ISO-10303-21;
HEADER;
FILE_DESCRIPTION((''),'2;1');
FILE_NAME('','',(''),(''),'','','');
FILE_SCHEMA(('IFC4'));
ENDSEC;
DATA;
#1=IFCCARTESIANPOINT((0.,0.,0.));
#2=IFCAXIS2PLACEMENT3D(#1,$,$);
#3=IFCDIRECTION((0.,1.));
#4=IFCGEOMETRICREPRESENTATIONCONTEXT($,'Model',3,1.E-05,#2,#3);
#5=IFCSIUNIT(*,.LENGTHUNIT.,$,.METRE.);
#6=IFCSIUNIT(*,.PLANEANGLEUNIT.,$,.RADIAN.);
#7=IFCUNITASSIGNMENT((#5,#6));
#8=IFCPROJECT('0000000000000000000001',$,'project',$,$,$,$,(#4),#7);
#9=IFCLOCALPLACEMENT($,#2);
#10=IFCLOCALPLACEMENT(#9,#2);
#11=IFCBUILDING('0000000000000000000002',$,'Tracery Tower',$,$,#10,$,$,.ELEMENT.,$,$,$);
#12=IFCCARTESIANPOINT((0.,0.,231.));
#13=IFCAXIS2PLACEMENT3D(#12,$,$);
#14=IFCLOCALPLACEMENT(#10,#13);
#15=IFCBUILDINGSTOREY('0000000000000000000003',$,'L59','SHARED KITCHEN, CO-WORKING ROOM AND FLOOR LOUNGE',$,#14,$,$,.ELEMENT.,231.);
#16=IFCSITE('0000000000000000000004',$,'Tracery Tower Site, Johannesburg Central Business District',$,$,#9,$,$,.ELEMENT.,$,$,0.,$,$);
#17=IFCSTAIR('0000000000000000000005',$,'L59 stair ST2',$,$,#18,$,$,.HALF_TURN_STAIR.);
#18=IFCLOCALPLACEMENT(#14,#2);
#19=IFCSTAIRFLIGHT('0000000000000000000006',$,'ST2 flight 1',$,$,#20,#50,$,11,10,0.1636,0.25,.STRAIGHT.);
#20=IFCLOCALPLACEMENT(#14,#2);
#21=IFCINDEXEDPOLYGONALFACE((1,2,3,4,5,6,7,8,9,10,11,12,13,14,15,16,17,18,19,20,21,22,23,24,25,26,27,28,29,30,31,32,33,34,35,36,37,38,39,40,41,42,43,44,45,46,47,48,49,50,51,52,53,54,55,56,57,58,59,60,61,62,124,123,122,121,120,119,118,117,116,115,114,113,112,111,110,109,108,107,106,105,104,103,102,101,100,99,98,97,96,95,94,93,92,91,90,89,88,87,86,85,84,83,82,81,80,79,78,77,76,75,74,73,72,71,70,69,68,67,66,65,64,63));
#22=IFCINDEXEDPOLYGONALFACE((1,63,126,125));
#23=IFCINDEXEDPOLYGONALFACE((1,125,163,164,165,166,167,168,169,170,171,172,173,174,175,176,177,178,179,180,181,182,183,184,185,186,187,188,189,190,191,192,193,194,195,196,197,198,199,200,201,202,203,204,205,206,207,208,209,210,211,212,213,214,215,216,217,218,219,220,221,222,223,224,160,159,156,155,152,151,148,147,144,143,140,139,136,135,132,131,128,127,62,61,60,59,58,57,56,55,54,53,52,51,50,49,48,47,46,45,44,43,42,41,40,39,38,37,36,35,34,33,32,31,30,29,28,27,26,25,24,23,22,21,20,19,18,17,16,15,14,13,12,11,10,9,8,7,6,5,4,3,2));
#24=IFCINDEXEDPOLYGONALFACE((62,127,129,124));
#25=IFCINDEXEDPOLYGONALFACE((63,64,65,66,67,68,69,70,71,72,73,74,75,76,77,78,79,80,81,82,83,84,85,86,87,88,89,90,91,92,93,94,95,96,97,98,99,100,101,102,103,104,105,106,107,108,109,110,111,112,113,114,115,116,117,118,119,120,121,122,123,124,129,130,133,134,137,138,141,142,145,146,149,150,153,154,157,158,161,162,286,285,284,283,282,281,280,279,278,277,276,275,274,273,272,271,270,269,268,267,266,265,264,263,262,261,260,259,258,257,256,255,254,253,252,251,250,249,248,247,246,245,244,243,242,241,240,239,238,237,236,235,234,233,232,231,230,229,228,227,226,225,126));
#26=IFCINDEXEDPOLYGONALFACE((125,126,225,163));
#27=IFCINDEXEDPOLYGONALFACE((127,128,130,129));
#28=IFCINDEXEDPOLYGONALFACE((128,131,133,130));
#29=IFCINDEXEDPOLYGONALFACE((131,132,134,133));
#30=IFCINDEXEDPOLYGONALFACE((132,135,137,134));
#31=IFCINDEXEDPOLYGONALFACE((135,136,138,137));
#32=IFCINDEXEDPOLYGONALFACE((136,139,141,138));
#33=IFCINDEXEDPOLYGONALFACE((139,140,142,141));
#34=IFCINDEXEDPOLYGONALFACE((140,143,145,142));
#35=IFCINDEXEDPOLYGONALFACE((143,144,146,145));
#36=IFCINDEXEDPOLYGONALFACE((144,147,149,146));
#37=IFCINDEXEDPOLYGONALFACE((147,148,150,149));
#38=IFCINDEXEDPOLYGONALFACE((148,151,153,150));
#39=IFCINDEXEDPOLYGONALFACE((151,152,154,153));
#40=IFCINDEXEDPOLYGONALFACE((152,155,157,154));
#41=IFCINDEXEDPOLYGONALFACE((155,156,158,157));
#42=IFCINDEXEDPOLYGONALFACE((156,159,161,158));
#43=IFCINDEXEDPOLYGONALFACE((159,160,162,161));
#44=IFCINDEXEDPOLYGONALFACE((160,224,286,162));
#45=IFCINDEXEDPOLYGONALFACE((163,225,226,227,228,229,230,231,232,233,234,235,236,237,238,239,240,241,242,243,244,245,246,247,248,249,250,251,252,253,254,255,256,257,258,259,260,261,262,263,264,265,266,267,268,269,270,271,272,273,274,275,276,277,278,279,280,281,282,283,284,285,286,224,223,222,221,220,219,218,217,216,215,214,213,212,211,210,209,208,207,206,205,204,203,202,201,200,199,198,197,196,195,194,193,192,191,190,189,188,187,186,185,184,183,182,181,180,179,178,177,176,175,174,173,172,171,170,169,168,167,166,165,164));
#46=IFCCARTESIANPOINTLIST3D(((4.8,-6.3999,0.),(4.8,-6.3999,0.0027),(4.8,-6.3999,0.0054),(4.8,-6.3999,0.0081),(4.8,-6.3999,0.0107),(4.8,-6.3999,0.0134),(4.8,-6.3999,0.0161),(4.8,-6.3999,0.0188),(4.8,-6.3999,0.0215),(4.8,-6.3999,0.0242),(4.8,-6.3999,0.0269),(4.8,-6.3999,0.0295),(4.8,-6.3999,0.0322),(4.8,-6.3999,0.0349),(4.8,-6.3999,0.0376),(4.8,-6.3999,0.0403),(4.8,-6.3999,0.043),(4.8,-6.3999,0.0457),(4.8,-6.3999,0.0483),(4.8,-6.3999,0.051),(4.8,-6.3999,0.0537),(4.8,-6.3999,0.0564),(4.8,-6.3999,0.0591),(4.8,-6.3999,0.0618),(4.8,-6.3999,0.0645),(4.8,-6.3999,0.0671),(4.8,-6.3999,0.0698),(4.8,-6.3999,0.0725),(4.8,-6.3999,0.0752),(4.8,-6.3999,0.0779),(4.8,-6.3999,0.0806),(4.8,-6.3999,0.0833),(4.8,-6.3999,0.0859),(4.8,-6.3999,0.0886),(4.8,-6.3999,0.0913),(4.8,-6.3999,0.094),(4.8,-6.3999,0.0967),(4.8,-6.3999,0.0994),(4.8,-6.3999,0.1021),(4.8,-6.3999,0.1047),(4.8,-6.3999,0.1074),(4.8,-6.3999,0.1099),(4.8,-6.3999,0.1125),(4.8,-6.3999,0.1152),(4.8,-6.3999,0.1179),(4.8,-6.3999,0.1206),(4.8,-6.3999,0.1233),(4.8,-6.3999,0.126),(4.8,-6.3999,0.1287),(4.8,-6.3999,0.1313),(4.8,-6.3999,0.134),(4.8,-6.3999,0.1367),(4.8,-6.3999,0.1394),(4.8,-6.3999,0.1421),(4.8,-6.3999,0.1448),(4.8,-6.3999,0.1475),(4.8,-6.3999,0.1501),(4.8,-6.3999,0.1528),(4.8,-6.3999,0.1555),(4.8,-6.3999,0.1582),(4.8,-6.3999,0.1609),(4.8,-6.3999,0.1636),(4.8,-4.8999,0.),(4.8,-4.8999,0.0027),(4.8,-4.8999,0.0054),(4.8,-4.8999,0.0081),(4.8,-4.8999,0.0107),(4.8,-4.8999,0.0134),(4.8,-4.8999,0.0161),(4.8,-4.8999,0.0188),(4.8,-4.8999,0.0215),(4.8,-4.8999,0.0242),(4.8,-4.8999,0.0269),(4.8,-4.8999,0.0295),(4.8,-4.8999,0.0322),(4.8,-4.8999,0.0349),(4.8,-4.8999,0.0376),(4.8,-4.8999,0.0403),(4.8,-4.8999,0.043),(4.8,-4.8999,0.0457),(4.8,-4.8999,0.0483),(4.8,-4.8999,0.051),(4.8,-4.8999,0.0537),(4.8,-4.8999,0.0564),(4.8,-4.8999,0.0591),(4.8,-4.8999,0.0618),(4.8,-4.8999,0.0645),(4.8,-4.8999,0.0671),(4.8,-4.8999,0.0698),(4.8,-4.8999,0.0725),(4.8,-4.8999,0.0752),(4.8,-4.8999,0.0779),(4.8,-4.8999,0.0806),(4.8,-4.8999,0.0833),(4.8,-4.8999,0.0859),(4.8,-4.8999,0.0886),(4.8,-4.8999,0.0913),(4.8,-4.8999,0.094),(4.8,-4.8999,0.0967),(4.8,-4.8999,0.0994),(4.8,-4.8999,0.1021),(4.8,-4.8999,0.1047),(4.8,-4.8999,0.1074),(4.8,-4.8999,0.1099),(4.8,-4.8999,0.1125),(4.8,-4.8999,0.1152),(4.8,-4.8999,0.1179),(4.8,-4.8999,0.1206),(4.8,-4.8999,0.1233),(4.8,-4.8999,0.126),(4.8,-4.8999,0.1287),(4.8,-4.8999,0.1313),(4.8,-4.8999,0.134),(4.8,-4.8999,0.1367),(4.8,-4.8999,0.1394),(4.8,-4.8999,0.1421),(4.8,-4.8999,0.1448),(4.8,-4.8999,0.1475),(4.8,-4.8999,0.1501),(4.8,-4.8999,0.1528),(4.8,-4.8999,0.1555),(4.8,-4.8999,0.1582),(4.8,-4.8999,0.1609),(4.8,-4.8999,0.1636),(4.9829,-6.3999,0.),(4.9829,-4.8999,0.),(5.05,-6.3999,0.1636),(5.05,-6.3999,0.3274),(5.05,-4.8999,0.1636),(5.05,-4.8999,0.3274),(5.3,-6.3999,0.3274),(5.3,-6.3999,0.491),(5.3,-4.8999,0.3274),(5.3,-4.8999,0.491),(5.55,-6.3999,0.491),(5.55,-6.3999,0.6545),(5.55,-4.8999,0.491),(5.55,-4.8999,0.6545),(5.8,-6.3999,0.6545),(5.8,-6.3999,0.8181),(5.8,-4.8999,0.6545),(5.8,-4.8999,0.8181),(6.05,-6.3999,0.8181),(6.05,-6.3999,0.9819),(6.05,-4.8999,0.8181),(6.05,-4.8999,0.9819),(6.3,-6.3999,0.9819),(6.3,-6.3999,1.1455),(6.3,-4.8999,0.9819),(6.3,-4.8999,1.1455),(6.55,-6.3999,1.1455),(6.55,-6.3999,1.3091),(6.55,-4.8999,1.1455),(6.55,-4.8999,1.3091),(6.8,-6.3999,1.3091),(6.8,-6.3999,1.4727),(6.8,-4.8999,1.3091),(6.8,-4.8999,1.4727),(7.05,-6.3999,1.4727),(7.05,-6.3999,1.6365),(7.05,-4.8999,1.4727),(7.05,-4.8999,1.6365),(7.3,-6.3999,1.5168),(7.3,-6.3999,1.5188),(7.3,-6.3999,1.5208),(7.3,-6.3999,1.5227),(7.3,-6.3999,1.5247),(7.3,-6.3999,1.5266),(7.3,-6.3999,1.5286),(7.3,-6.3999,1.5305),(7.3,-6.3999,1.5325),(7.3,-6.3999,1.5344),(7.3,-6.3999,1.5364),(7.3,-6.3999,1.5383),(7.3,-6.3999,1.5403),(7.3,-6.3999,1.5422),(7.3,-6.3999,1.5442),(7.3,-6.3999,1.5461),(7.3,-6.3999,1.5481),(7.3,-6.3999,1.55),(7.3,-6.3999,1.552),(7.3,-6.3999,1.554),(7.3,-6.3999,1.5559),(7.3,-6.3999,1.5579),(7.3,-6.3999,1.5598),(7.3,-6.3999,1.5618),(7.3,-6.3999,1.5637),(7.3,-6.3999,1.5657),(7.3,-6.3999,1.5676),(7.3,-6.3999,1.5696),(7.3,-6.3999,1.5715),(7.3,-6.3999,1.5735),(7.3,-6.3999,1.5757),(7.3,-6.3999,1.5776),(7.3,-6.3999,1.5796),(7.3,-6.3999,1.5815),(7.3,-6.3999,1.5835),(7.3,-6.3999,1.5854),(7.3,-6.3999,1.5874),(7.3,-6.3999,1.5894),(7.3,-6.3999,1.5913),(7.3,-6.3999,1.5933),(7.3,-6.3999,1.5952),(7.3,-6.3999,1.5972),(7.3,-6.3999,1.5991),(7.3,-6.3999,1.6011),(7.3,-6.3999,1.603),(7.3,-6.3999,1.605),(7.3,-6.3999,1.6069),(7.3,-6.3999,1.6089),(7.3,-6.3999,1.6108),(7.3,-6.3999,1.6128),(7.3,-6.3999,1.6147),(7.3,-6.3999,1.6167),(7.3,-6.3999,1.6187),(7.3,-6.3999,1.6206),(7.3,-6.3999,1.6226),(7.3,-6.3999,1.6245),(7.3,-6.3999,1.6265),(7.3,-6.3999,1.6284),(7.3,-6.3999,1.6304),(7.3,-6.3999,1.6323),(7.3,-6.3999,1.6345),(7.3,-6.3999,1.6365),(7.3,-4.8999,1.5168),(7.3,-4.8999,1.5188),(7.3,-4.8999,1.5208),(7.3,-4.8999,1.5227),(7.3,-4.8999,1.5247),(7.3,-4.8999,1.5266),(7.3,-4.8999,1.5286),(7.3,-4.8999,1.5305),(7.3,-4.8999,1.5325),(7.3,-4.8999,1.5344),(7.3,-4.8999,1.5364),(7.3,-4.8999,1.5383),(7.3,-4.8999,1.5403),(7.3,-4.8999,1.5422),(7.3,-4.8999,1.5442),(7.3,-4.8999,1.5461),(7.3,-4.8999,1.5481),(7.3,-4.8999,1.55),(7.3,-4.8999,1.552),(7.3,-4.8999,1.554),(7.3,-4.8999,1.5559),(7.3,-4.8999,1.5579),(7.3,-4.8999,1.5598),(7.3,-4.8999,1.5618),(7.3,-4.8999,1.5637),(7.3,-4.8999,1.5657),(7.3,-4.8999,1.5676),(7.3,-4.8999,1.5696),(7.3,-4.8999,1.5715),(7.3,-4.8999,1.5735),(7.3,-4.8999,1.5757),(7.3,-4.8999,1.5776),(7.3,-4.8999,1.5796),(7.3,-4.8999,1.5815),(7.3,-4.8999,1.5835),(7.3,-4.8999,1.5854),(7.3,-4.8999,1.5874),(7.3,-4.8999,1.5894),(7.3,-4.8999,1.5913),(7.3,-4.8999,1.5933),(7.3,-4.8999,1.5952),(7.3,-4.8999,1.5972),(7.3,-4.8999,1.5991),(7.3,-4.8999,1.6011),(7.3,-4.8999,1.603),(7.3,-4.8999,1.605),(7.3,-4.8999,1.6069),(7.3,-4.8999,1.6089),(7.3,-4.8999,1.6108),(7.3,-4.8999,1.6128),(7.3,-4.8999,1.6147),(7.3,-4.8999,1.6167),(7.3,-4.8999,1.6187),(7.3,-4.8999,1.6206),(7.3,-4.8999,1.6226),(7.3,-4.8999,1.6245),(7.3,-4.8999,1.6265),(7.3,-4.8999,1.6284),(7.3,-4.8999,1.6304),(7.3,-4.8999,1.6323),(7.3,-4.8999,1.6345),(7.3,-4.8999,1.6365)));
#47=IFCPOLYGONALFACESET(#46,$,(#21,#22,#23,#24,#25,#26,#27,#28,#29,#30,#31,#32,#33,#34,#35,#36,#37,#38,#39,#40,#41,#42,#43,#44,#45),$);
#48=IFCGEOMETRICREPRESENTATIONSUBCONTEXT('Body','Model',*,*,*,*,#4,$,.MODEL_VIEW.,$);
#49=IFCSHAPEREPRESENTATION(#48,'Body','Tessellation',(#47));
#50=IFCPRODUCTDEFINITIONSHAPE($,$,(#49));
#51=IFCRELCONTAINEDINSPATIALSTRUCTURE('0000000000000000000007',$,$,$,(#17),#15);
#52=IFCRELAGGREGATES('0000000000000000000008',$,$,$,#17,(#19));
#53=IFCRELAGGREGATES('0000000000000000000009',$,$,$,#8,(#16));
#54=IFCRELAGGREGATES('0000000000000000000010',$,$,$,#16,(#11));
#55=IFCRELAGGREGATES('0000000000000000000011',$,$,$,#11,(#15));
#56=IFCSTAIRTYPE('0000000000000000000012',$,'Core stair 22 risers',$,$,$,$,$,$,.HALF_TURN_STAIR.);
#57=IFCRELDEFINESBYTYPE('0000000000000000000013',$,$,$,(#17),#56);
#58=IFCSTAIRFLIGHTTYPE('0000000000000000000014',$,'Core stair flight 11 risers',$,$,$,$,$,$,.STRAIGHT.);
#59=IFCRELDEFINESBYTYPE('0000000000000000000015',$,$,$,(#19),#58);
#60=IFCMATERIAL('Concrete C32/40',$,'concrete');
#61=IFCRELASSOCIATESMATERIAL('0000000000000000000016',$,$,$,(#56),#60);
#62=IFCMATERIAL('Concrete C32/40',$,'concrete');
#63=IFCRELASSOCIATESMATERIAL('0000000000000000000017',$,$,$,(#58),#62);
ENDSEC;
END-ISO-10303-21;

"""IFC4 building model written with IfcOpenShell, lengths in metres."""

from ifc_helpers import new_model, si_unit, direction, frame, origin, place, context, subcontext, project, spatial, polyline, outline, extrude, material, type_object, element, aggregate, save


model = new_model("IFC4")

# Units and contexts
model_context = context("Model", 3, precision=1e-05, world=origin(), true_north=direction((0.0, 1.0)))
body_context = subcontext(model_context, "Body", "Model", "MODEL_VIEW")
ifc_project = project(units=[si_unit("LENGTHUNIT", "METRE"), si_unit("PLANEANGLEUNIT", "RADIAN")], contexts=[model_context])

# Site, building, storey
site_placement = place(None, origin())
site = spatial("IfcSite", under=ifc_project, at=site_placement, Name="Tracery Tower Site, Johannesburg Central Business District", CompositionType="ELEMENT", RefElevation=0.0)
building_placement = place(site_placement, origin())
building = spatial("IfcBuilding", under=site, at=building_placement, Name="Tracery Tower", CompositionType="ELEMENT")
storey_placement = place(building_placement, frame((0.0, 0.0, 231.0)))
storey = spatial("IfcBuildingStorey", under=building, at=storey_placement, Name="L59", Description="SHARED KITCHEN, CO-WORKING ROOM AND FLOOR LOUNGE", CompositionType="ELEMENT", Elevation=231.0)

# Stair
ifc_material_1 = material(Name="Concrete C32/40", Category="concrete")
stair_type = type_object("IfcStairType", Name="Core stair 22 risers", PredefinedType="HALF_TURN_STAIR", material=ifc_material_1)
stair_1_placement = place(storey_placement, origin())
stair_1 = element("IfcStair", 1, at=stair_1_placement, inside=storey, type_object=stair_type, Name="L59 stair ST2", PredefinedType="HALF_TURN_STAIR")

# Stair flight
ifc_material_2 = material(Name="Concrete C32/40", Category="concrete")
stair_flight_type = type_object("IfcStairFlightType", Name="Core stair flight 11 risers", PredefinedType="STRAIGHT", material=ifc_material_2)
stair_flight_placement = place(storey_placement, frame((4.8, -5.6499, 0.0), z_axis=(0.0, 0.0, 1.0), x_axis=(1.0, 0.0, 0.0)))
stair_flight = element("IfcStairFlight", 2, at=stair_flight_placement, type_object=stair_flight_type, Name="ST2 flight 1", NumberOfRisers=11, NumberOfTreads=10, PredefinedType="STRAIGHT", RiserHeight=0.1636, TreadLength=0.25, context=body_context, shape_type="SweptSolid", body=[
    extrude(outline(polyline([(0.0, 0.0), (0.0, 0.0027), (0.0, 0.0054), (0.0, 0.0081), (0.0, 0.0107), (0.0, 0.0134), (0.0, 0.0161), (0.0, 0.0188), (0.0, 0.0215), (0.0, 0.0242), (0.0, 0.0269), (0.0, 0.0295), (0.0, 0.0322), (0.0, 0.0349), (0.0, 0.0376), (0.0, 0.0403), (0.0, 0.043), (0.0, 0.0457), (0.0, 0.0483), (0.0, 0.051), (0.0, 0.0537), (0.0, 0.0564), (0.0, 0.0591), (0.0, 0.0618), (0.0, 0.0645), (0.0, 0.0671), (0.0, 0.0698), (0.0, 0.0725), (0.0, 0.0752), (0.0, 0.0779), (0.0, 0.0806), (0.0, 0.0833), (0.0, 0.0859), (0.0, 0.0886), (0.0, 0.0913), (0.0, 0.094), (0.0, 0.0967), (0.0, 0.0994), (0.0, 0.1021), (0.0, 0.1047), (0.0, 0.1074), (0.0, 0.1099), (0.0, 0.1125), (0.0, 0.1152), (0.0, 0.1179), (0.0, 0.1206), (0.0, 0.1233), (0.0, 0.126), (0.0, 0.1287), (0.0, 0.1313), (0.0, 0.134), (0.0, 0.1367), (0.0, 0.1394), (0.0, 0.1421), (0.0, 0.1448), (0.0, 0.1475), (0.0, 0.1501), (0.0, 0.1528), (0.0, 0.1555), (0.0, 0.1582), (0.0, 0.1609), (0.0, 0.1636), (0.25, 0.1636), (0.25, 0.3274), (0.5, 0.3274), (0.5, 0.491), (0.75, 0.491), (0.75, 0.6545), (1.0, 0.6545), (1.0, 0.8181), (1.25, 0.8181), (1.25, 0.9819), (1.5, 0.9819), (1.5, 1.1455), (1.75, 1.1455), (1.75, 1.3091), (2.0, 1.3091), (2.0, 1.4727), (2.25, 1.4727), (2.25, 1.6365), (2.5, 1.6365), (2.5, 1.6345), (2.5, 1.6323), (2.5, 1.6304), (2.5, 1.6284), (2.5, 1.6265), (2.5, 1.6245), (2.5, 1.6226), (2.5, 1.6206), (2.5, 1.6187), (2.5, 1.6167), (2.5, 1.6147), (2.5, 1.6128), (2.5, 1.6108), (2.5, 1.6089), (2.5, 1.6069), (2.5, 1.605), (2.5, 1.603), (2.5, 1.6011), (2.5, 1.5991), (2.5, 1.5972), (2.5, 1.5952), (2.5, 1.5933), (2.5, 1.5913), (2.5, 1.5894), (2.5, 1.5874), (2.5, 1.5854), (2.5, 1.5835), (2.5, 1.5815), (2.5, 1.5796), (2.5, 1.5776), (2.5, 1.5757), (2.5, 1.5735), (2.5, 1.5715), (2.5, 1.5696), (2.5, 1.5676), (2.5, 1.5657), (2.5, 1.5637), (2.5, 1.5618), (2.5, 1.5598), (2.5, 1.5579), (2.5, 1.5559), (2.5, 1.554), (2.5, 1.552), (2.5, 1.55), (2.5, 1.5481), (2.5, 1.5461), (2.5, 1.5442), (2.5, 1.5422), (2.5, 1.5403), (2.5, 1.5383), (2.5, 1.5364), (2.5, 1.5344), (2.5, 1.5325), (2.5, 1.5305), (2.5, 1.5286), (2.5, 1.5266), (2.5, 1.5247), (2.5, 1.5227), (2.5, 1.5208), (2.5, 1.5188), (2.5, 1.5168), (0.1829, 0.0), (0.0, 0.0)])), frame((0.0, 0.75, 0.0), z_axis=(0.0, -1.0, 0.0), x_axis=(1.0, 0.0, 0.0)), (0.0, 0.0, 1.0), 1.5),
])
aggregate(stair_1, [stair_flight])

save(model, "model.ifc")
